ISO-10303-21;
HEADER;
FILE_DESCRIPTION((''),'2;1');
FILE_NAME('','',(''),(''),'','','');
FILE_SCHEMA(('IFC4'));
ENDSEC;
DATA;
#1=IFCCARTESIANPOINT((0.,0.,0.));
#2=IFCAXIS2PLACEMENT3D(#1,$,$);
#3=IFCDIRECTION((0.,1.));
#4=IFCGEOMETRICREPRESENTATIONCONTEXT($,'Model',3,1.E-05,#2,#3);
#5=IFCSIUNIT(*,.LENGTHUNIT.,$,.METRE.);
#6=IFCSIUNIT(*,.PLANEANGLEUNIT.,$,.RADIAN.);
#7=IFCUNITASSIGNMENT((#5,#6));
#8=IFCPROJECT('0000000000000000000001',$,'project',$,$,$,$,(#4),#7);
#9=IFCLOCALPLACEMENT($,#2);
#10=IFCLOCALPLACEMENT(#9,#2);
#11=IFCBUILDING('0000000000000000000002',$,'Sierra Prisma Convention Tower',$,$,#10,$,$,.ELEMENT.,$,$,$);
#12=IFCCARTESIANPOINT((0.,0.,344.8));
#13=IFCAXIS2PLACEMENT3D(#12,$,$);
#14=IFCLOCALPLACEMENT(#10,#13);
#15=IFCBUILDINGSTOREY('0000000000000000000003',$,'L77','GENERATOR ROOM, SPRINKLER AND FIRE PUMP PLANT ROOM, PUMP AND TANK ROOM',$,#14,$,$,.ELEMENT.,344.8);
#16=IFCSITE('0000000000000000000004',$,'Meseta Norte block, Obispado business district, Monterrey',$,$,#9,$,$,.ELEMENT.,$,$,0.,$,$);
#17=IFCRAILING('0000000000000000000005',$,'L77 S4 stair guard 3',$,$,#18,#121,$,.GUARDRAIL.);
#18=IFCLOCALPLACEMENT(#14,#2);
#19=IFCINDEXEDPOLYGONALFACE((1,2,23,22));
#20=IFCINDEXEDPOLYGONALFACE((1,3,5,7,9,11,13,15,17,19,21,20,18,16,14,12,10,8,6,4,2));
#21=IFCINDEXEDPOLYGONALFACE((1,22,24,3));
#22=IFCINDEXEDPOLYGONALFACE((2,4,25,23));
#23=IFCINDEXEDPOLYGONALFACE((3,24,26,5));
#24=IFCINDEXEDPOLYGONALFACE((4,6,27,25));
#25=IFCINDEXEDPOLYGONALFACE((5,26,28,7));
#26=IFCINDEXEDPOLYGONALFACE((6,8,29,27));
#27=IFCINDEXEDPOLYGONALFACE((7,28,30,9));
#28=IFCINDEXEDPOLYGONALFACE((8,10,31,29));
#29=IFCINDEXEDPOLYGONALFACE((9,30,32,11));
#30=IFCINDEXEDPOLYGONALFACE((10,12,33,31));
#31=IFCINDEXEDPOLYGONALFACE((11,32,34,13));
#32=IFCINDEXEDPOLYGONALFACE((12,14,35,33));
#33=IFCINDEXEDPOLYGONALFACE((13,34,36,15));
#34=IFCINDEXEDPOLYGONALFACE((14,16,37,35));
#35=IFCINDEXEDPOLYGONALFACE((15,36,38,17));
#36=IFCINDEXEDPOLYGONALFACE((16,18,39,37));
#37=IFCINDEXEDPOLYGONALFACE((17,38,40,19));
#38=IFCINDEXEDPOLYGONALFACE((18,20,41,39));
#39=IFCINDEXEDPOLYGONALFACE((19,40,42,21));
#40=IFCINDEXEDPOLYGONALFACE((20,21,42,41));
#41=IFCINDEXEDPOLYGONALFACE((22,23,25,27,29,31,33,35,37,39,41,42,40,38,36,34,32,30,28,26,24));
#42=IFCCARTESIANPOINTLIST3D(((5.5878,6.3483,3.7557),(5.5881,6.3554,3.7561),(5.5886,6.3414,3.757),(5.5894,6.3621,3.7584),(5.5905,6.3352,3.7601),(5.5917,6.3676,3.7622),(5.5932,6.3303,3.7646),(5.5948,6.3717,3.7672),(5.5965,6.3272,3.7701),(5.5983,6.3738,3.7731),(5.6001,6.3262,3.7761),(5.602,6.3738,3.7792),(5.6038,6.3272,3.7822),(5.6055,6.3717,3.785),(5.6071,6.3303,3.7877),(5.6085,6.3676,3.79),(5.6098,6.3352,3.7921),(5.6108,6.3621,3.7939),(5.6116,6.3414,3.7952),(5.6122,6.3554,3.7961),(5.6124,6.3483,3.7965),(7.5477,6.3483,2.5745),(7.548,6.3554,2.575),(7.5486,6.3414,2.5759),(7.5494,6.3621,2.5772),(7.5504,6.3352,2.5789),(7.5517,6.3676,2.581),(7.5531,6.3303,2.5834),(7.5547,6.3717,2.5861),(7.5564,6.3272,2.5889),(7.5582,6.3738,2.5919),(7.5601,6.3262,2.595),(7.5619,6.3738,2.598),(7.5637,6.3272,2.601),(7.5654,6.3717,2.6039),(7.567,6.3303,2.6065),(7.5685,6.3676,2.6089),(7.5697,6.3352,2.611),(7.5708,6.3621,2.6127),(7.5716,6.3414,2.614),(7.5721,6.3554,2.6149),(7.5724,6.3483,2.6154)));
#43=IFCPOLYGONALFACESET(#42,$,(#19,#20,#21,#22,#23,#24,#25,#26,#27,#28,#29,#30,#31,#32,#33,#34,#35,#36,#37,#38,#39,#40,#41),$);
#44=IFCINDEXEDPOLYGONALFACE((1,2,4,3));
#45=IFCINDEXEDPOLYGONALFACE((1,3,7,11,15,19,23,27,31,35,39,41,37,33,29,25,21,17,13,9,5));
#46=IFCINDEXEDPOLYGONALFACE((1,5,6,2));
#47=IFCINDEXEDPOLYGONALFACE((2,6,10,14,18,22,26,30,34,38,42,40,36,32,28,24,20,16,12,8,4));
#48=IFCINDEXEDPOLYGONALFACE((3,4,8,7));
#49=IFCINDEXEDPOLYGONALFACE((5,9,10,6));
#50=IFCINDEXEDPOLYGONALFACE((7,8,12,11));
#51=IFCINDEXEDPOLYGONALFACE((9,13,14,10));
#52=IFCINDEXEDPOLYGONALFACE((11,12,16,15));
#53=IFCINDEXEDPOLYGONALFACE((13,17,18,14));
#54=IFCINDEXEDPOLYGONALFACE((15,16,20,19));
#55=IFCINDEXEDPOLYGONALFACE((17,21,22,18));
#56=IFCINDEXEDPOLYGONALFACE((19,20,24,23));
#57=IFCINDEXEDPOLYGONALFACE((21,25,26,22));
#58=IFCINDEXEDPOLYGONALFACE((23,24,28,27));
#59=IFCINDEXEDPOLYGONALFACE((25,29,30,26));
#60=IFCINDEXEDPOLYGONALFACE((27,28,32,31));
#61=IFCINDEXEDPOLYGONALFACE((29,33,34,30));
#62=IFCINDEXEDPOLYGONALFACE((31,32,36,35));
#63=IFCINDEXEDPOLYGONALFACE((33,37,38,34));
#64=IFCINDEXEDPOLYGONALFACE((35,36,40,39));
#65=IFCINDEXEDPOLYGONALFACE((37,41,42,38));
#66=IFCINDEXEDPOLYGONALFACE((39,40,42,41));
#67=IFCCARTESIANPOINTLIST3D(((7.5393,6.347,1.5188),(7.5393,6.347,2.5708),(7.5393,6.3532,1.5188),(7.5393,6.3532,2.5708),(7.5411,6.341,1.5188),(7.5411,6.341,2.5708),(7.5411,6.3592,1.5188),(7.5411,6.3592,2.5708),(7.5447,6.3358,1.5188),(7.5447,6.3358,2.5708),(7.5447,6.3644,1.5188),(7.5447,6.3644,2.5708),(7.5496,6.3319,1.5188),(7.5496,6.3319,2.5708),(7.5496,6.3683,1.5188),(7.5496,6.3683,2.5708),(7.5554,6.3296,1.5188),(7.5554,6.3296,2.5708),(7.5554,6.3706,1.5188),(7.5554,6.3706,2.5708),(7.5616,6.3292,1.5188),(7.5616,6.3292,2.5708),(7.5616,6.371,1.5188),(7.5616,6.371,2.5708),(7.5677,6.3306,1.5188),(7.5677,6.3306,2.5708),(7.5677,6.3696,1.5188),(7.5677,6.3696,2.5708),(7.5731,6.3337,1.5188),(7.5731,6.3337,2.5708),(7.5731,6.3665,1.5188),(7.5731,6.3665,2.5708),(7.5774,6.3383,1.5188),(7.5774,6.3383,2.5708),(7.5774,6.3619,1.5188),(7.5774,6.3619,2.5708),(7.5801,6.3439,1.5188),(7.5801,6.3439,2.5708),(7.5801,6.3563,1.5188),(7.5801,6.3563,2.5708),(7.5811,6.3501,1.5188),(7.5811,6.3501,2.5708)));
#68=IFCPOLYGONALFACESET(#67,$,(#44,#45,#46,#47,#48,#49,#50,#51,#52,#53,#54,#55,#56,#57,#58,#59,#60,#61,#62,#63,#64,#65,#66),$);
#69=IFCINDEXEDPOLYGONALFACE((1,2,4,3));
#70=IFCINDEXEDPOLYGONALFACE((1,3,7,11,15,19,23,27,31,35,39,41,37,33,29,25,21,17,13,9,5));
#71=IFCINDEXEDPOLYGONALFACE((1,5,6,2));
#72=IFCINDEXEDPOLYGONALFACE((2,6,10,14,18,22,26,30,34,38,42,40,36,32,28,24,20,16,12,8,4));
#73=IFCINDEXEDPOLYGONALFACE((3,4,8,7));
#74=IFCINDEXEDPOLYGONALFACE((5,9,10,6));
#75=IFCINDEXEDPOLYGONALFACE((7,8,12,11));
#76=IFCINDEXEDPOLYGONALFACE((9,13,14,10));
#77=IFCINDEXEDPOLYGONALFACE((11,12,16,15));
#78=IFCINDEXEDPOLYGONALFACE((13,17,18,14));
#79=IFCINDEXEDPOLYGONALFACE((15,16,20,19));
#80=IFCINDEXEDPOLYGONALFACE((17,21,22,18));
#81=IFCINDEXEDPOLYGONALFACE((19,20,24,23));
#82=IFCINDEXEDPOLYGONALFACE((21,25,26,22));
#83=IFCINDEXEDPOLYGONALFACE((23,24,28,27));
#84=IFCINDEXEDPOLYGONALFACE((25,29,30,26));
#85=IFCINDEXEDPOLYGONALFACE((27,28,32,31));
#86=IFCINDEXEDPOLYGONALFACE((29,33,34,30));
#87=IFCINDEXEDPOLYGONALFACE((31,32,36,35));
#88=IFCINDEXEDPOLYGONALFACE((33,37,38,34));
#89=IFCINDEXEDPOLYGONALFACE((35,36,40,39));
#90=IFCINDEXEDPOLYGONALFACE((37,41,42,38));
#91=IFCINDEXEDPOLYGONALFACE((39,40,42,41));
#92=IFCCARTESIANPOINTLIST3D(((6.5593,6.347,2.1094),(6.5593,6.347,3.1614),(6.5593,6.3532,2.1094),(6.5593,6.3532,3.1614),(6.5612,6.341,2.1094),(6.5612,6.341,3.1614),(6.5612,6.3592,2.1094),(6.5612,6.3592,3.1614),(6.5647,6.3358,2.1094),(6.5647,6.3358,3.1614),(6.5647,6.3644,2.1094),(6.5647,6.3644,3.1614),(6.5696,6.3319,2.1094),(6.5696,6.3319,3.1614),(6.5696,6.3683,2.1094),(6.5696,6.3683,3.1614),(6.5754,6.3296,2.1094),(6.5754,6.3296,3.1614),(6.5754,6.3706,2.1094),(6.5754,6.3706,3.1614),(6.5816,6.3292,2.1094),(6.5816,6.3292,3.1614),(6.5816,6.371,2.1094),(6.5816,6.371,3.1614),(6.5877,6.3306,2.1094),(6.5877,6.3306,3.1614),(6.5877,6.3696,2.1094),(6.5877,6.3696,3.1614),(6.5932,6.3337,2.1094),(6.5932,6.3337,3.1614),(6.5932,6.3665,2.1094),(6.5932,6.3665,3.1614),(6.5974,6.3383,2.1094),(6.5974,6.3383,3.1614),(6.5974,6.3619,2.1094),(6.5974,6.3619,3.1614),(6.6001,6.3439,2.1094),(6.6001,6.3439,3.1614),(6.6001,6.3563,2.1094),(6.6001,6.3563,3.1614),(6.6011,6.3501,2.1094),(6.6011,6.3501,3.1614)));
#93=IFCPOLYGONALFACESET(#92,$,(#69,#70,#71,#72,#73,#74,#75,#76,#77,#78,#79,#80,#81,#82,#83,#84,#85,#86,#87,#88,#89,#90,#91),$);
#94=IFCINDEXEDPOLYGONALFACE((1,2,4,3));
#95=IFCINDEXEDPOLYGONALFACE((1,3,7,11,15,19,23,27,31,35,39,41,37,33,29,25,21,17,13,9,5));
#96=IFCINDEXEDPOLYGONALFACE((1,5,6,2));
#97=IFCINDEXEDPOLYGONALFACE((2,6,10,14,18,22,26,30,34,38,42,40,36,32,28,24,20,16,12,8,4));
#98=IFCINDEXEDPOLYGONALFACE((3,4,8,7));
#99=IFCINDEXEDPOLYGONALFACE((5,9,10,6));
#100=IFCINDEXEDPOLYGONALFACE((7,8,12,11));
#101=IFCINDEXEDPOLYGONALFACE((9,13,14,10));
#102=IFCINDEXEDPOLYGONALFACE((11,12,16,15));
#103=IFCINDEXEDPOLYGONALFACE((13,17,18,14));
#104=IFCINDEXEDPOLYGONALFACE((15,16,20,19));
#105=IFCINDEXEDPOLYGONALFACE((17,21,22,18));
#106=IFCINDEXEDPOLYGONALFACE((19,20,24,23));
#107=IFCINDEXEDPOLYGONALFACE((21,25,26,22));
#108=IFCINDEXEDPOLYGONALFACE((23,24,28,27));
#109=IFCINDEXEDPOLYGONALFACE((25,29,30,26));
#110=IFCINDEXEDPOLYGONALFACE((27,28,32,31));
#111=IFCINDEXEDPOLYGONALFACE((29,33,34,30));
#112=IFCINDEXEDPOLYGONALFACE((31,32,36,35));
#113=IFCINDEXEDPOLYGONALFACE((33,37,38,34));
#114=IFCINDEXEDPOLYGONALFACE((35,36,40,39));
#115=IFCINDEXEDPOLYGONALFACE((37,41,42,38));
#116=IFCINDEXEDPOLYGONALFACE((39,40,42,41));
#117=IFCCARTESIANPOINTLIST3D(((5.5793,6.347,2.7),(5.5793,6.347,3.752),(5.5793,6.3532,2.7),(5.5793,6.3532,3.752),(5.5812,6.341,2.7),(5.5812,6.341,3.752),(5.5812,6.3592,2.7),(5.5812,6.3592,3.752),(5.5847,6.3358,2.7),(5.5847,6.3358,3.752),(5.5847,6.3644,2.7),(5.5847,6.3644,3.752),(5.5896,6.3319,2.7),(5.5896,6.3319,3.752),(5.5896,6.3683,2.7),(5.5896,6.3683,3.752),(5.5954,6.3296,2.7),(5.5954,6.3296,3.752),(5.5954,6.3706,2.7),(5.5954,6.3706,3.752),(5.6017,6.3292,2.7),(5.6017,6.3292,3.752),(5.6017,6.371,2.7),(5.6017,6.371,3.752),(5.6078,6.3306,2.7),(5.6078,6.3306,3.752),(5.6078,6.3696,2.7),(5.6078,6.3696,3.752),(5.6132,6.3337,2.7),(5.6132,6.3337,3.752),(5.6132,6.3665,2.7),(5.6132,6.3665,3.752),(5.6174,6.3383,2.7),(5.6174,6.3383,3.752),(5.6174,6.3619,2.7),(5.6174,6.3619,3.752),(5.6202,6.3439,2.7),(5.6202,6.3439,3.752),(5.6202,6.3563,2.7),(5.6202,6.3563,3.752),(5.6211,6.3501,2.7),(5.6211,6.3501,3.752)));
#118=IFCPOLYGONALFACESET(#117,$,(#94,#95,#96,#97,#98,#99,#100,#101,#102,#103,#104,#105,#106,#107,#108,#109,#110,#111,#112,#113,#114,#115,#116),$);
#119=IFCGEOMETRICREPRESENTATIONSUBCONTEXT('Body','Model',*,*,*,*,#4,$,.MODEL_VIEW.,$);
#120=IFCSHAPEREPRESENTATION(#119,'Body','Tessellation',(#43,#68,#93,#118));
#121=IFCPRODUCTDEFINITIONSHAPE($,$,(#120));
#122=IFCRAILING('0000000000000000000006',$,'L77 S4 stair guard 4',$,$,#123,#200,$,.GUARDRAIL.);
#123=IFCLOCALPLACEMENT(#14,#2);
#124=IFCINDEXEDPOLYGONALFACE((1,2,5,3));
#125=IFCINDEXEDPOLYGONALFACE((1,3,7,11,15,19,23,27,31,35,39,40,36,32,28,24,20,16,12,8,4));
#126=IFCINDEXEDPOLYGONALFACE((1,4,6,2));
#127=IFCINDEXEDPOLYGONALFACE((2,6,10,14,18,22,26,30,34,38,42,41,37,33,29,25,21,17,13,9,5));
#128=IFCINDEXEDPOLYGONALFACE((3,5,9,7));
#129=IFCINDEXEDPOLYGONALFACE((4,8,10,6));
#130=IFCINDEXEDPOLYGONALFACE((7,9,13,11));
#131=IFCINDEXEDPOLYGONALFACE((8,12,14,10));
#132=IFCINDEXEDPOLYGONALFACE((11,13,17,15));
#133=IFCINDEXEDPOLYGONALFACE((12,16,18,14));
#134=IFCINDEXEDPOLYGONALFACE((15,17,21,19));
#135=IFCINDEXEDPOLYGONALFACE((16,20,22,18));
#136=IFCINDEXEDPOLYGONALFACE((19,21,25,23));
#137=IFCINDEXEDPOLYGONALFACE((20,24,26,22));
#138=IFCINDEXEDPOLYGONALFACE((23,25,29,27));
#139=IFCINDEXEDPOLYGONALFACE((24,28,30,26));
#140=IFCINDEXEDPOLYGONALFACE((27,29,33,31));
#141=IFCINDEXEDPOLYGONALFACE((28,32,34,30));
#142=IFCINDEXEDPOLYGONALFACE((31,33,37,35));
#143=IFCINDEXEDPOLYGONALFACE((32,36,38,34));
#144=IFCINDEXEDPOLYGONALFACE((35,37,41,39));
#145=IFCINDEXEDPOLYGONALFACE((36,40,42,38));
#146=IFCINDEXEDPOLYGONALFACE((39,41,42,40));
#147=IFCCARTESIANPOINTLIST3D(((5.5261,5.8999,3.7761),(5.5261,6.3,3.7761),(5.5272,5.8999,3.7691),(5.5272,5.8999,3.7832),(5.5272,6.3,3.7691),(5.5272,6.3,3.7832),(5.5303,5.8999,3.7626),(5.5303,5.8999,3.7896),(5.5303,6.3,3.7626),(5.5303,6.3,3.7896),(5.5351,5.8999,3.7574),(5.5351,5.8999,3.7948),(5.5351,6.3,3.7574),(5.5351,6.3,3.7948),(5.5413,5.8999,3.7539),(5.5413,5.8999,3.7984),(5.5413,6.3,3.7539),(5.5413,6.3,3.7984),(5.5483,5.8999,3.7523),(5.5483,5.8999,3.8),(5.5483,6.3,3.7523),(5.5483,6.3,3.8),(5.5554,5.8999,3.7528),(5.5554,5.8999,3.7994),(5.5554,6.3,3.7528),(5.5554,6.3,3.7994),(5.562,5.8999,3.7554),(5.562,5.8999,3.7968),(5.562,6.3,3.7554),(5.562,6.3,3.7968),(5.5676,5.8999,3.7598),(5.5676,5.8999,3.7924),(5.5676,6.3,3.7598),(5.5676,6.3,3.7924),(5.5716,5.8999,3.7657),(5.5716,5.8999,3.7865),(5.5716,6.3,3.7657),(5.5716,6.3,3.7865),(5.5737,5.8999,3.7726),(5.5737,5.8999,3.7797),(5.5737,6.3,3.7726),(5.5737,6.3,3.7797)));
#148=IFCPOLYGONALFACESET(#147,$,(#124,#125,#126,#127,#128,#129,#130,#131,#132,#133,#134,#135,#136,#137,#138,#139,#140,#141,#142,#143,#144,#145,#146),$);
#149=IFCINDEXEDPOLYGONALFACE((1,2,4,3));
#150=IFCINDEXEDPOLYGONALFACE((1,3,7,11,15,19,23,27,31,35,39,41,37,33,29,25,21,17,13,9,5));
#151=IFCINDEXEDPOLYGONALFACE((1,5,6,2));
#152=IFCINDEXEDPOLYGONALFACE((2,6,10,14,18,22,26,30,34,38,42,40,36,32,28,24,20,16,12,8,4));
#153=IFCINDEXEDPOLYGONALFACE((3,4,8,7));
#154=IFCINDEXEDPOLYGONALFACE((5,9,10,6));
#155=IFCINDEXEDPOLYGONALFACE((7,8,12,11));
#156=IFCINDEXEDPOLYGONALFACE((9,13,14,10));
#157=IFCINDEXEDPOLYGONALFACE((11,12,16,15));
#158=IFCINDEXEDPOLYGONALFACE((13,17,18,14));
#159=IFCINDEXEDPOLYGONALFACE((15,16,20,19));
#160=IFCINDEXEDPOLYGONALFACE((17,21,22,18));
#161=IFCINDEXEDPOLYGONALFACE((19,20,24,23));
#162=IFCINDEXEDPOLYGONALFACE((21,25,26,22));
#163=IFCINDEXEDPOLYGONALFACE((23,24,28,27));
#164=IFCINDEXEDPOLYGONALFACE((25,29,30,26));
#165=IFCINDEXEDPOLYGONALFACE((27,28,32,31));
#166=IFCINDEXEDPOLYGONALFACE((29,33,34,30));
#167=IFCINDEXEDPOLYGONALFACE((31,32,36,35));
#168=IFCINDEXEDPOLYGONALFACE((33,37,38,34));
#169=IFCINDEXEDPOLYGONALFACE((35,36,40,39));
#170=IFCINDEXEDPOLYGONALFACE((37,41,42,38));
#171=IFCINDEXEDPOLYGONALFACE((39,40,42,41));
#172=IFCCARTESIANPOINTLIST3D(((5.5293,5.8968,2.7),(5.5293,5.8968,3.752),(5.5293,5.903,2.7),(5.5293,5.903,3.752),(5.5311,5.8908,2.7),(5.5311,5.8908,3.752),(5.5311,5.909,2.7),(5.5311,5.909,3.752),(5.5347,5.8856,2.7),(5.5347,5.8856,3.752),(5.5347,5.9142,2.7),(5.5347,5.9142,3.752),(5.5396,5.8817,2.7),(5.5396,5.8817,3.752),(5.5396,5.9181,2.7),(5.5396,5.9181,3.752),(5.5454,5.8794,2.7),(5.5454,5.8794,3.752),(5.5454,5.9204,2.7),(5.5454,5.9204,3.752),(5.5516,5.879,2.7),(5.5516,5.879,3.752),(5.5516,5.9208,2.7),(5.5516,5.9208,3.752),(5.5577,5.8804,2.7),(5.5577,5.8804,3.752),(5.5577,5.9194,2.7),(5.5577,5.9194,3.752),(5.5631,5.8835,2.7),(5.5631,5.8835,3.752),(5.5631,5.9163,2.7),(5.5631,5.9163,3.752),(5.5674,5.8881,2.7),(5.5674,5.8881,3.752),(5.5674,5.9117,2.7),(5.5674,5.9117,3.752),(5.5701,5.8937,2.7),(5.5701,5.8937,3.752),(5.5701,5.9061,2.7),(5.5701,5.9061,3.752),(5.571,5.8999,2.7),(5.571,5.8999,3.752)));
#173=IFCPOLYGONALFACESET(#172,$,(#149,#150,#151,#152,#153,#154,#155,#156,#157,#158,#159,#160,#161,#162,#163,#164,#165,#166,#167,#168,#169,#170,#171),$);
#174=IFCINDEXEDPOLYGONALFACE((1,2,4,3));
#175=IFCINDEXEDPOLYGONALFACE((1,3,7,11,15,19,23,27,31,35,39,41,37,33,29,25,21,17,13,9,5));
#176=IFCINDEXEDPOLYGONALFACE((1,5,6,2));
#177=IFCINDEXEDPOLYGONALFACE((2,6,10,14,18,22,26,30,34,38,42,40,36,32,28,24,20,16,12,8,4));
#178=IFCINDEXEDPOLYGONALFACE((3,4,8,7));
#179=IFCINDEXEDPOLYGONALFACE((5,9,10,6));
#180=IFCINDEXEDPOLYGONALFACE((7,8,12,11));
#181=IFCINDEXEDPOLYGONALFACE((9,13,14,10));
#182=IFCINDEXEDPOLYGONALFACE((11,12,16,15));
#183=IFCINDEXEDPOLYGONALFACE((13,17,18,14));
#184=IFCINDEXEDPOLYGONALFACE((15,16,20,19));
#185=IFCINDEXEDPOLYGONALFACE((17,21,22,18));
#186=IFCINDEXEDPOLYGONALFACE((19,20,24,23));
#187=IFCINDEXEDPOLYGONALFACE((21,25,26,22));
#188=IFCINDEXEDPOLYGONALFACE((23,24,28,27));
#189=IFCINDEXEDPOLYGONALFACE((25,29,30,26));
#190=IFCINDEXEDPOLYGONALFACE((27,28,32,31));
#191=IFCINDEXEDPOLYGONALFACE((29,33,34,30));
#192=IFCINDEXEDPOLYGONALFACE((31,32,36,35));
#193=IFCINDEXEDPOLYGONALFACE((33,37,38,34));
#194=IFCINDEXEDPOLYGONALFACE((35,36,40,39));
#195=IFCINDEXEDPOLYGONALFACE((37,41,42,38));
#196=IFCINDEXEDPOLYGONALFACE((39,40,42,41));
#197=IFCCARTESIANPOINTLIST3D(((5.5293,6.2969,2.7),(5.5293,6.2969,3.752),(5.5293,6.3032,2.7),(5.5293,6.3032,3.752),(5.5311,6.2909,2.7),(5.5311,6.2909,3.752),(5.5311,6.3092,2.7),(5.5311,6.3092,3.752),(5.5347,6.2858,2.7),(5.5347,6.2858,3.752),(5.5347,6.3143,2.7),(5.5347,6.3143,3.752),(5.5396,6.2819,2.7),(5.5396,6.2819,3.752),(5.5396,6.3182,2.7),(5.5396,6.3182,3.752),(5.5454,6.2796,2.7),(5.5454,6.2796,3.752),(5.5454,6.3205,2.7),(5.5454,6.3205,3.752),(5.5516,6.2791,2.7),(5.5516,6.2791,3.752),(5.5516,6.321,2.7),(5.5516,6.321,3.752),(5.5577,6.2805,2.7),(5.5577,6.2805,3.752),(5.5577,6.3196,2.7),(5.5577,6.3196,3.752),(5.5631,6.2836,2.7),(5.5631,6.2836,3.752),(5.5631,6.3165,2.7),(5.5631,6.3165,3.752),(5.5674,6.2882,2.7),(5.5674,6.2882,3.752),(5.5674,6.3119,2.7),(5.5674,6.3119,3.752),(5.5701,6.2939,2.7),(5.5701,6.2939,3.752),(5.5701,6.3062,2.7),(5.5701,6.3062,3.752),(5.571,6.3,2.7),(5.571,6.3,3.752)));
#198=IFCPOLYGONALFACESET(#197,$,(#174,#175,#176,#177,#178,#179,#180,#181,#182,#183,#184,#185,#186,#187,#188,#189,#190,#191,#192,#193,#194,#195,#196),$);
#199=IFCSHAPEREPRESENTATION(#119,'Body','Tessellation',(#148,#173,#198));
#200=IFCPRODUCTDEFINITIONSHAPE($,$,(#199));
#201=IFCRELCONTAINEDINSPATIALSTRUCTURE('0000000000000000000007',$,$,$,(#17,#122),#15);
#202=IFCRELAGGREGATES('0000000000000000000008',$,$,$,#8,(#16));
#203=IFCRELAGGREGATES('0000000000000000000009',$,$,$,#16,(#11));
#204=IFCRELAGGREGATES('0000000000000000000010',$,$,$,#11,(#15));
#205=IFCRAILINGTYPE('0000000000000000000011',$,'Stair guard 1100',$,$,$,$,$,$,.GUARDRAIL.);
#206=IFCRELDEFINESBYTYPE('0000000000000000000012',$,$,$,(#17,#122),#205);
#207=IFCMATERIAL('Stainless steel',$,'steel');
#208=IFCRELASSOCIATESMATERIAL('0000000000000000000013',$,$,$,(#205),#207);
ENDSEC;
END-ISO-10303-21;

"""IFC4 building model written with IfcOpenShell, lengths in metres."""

from ifc_helpers import new_model, si_unit, direction, frame, origin, origin_2d, place, context, subcontext, project, spatial, circle, extrude, material, type_object, element, save


model = new_model("IFC4")

# Units and contexts
model_context = context("Model", 3, precision=1e-05, world=origin(), true_north=direction((0.0, 1.0)))
body_context = subcontext(model_context, "Body", "Model", "MODEL_VIEW")
ifc_project = project(units=[si_unit("LENGTHUNIT", "METRE"), si_unit("PLANEANGLEUNIT", "RADIAN")], contexts=[model_context])

# Site, building, storey
site_placement = place(None, origin())
site = spatial("IfcSite", under=ifc_project, at=site_placement, Name="Meseta Norte block, Obispado business district, Monterrey", CompositionType="ELEMENT", RefElevation=0.0)
building_placement = place(site_placement, origin())
building = spatial("IfcBuilding", under=site, at=building_placement, Name="Sierra Prisma Convention Tower", CompositionType="ELEMENT")
storey_placement = place(building_placement, frame((0.0, 0.0, 344.8)))
storey = spatial("IfcBuildingStorey", under=building, at=storey_placement, Name="L77", Description="GENERATOR ROOM, SPRINKLER AND FIRE PUMP PLANT ROOM, PUMP AND TANK ROOM", CompositionType="ELEMENT", Elevation=344.8)

# Railings
ifc_material_1 = material(Name="Stainless steel", Category="steel")
railing_type_1 = type_object("IfcRailingType", Name="Stair guard 1100", PredefinedType="GUARDRAIL", material=ifc_material_1)
railing_1_placement = place(storey_placement, frame((7.5601, 6.3501, 1.5188)))
element("IfcRailing", 1, at=railing_1_placement, inside=storey, type_object=railing_type_1, Name="L77 S4 stair guard 3", PredefinedType="GUARDRAIL", context=body_context, shape_type="SweptSolid", body=[
    extrude(circle(Radius=0.0239, at=origin_2d()), frame((0.0, 0.0, 1.0762), z_axis=(-0.856493, 0.0, 0.516158), x_axis=(0.0, -1.0, 0.0)), (0.0, 0.0, 1.0), 2.2883),
    extrude(circle(Radius=0.021, at=origin_2d()), origin(), (0.0, 0.0, 1.0), 1.052),
    extrude(circle(Radius=0.021, at=origin_2d()), frame((-0.98, 0.0, 0.5906)), (0.0, 0.0, 1.0), 1.052),
    extrude(circle(Radius=0.021, at=origin_2d()), frame((-1.96, 0.0, 1.1812)), (0.0, 0.0, 1.0), 1.052),
])
railing_2_placement = place(storey_placement, frame((5.55, 5.8999, 2.7)))
element("IfcRailing", 2, at=railing_2_placement, inside=storey, type_object=railing_type_1, Name="L77 S4 stair guard 4", PredefinedType="GUARDRAIL", context=body_context, shape_type="SweptSolid", body=[
    extrude(circle(Radius=0.0239, at=origin_2d()), frame((0.0, 0.0, 1.0762), z_axis=(0.0, 1.0, 0.0), x_axis=(-1.0, 0.0, 0.0)), (0.0, 0.0, 1.0), 0.4001),
    extrude(circle(Radius=0.021, at=origin_2d()), origin(), (0.0, 0.0, 1.0), 1.052),
    extrude(circle(Radius=0.021, at=origin_2d()), frame((0.0, 0.4001, 0.0)), (0.0, 0.0, 1.0), 1.052),
])

save(model, "model.ifc")
